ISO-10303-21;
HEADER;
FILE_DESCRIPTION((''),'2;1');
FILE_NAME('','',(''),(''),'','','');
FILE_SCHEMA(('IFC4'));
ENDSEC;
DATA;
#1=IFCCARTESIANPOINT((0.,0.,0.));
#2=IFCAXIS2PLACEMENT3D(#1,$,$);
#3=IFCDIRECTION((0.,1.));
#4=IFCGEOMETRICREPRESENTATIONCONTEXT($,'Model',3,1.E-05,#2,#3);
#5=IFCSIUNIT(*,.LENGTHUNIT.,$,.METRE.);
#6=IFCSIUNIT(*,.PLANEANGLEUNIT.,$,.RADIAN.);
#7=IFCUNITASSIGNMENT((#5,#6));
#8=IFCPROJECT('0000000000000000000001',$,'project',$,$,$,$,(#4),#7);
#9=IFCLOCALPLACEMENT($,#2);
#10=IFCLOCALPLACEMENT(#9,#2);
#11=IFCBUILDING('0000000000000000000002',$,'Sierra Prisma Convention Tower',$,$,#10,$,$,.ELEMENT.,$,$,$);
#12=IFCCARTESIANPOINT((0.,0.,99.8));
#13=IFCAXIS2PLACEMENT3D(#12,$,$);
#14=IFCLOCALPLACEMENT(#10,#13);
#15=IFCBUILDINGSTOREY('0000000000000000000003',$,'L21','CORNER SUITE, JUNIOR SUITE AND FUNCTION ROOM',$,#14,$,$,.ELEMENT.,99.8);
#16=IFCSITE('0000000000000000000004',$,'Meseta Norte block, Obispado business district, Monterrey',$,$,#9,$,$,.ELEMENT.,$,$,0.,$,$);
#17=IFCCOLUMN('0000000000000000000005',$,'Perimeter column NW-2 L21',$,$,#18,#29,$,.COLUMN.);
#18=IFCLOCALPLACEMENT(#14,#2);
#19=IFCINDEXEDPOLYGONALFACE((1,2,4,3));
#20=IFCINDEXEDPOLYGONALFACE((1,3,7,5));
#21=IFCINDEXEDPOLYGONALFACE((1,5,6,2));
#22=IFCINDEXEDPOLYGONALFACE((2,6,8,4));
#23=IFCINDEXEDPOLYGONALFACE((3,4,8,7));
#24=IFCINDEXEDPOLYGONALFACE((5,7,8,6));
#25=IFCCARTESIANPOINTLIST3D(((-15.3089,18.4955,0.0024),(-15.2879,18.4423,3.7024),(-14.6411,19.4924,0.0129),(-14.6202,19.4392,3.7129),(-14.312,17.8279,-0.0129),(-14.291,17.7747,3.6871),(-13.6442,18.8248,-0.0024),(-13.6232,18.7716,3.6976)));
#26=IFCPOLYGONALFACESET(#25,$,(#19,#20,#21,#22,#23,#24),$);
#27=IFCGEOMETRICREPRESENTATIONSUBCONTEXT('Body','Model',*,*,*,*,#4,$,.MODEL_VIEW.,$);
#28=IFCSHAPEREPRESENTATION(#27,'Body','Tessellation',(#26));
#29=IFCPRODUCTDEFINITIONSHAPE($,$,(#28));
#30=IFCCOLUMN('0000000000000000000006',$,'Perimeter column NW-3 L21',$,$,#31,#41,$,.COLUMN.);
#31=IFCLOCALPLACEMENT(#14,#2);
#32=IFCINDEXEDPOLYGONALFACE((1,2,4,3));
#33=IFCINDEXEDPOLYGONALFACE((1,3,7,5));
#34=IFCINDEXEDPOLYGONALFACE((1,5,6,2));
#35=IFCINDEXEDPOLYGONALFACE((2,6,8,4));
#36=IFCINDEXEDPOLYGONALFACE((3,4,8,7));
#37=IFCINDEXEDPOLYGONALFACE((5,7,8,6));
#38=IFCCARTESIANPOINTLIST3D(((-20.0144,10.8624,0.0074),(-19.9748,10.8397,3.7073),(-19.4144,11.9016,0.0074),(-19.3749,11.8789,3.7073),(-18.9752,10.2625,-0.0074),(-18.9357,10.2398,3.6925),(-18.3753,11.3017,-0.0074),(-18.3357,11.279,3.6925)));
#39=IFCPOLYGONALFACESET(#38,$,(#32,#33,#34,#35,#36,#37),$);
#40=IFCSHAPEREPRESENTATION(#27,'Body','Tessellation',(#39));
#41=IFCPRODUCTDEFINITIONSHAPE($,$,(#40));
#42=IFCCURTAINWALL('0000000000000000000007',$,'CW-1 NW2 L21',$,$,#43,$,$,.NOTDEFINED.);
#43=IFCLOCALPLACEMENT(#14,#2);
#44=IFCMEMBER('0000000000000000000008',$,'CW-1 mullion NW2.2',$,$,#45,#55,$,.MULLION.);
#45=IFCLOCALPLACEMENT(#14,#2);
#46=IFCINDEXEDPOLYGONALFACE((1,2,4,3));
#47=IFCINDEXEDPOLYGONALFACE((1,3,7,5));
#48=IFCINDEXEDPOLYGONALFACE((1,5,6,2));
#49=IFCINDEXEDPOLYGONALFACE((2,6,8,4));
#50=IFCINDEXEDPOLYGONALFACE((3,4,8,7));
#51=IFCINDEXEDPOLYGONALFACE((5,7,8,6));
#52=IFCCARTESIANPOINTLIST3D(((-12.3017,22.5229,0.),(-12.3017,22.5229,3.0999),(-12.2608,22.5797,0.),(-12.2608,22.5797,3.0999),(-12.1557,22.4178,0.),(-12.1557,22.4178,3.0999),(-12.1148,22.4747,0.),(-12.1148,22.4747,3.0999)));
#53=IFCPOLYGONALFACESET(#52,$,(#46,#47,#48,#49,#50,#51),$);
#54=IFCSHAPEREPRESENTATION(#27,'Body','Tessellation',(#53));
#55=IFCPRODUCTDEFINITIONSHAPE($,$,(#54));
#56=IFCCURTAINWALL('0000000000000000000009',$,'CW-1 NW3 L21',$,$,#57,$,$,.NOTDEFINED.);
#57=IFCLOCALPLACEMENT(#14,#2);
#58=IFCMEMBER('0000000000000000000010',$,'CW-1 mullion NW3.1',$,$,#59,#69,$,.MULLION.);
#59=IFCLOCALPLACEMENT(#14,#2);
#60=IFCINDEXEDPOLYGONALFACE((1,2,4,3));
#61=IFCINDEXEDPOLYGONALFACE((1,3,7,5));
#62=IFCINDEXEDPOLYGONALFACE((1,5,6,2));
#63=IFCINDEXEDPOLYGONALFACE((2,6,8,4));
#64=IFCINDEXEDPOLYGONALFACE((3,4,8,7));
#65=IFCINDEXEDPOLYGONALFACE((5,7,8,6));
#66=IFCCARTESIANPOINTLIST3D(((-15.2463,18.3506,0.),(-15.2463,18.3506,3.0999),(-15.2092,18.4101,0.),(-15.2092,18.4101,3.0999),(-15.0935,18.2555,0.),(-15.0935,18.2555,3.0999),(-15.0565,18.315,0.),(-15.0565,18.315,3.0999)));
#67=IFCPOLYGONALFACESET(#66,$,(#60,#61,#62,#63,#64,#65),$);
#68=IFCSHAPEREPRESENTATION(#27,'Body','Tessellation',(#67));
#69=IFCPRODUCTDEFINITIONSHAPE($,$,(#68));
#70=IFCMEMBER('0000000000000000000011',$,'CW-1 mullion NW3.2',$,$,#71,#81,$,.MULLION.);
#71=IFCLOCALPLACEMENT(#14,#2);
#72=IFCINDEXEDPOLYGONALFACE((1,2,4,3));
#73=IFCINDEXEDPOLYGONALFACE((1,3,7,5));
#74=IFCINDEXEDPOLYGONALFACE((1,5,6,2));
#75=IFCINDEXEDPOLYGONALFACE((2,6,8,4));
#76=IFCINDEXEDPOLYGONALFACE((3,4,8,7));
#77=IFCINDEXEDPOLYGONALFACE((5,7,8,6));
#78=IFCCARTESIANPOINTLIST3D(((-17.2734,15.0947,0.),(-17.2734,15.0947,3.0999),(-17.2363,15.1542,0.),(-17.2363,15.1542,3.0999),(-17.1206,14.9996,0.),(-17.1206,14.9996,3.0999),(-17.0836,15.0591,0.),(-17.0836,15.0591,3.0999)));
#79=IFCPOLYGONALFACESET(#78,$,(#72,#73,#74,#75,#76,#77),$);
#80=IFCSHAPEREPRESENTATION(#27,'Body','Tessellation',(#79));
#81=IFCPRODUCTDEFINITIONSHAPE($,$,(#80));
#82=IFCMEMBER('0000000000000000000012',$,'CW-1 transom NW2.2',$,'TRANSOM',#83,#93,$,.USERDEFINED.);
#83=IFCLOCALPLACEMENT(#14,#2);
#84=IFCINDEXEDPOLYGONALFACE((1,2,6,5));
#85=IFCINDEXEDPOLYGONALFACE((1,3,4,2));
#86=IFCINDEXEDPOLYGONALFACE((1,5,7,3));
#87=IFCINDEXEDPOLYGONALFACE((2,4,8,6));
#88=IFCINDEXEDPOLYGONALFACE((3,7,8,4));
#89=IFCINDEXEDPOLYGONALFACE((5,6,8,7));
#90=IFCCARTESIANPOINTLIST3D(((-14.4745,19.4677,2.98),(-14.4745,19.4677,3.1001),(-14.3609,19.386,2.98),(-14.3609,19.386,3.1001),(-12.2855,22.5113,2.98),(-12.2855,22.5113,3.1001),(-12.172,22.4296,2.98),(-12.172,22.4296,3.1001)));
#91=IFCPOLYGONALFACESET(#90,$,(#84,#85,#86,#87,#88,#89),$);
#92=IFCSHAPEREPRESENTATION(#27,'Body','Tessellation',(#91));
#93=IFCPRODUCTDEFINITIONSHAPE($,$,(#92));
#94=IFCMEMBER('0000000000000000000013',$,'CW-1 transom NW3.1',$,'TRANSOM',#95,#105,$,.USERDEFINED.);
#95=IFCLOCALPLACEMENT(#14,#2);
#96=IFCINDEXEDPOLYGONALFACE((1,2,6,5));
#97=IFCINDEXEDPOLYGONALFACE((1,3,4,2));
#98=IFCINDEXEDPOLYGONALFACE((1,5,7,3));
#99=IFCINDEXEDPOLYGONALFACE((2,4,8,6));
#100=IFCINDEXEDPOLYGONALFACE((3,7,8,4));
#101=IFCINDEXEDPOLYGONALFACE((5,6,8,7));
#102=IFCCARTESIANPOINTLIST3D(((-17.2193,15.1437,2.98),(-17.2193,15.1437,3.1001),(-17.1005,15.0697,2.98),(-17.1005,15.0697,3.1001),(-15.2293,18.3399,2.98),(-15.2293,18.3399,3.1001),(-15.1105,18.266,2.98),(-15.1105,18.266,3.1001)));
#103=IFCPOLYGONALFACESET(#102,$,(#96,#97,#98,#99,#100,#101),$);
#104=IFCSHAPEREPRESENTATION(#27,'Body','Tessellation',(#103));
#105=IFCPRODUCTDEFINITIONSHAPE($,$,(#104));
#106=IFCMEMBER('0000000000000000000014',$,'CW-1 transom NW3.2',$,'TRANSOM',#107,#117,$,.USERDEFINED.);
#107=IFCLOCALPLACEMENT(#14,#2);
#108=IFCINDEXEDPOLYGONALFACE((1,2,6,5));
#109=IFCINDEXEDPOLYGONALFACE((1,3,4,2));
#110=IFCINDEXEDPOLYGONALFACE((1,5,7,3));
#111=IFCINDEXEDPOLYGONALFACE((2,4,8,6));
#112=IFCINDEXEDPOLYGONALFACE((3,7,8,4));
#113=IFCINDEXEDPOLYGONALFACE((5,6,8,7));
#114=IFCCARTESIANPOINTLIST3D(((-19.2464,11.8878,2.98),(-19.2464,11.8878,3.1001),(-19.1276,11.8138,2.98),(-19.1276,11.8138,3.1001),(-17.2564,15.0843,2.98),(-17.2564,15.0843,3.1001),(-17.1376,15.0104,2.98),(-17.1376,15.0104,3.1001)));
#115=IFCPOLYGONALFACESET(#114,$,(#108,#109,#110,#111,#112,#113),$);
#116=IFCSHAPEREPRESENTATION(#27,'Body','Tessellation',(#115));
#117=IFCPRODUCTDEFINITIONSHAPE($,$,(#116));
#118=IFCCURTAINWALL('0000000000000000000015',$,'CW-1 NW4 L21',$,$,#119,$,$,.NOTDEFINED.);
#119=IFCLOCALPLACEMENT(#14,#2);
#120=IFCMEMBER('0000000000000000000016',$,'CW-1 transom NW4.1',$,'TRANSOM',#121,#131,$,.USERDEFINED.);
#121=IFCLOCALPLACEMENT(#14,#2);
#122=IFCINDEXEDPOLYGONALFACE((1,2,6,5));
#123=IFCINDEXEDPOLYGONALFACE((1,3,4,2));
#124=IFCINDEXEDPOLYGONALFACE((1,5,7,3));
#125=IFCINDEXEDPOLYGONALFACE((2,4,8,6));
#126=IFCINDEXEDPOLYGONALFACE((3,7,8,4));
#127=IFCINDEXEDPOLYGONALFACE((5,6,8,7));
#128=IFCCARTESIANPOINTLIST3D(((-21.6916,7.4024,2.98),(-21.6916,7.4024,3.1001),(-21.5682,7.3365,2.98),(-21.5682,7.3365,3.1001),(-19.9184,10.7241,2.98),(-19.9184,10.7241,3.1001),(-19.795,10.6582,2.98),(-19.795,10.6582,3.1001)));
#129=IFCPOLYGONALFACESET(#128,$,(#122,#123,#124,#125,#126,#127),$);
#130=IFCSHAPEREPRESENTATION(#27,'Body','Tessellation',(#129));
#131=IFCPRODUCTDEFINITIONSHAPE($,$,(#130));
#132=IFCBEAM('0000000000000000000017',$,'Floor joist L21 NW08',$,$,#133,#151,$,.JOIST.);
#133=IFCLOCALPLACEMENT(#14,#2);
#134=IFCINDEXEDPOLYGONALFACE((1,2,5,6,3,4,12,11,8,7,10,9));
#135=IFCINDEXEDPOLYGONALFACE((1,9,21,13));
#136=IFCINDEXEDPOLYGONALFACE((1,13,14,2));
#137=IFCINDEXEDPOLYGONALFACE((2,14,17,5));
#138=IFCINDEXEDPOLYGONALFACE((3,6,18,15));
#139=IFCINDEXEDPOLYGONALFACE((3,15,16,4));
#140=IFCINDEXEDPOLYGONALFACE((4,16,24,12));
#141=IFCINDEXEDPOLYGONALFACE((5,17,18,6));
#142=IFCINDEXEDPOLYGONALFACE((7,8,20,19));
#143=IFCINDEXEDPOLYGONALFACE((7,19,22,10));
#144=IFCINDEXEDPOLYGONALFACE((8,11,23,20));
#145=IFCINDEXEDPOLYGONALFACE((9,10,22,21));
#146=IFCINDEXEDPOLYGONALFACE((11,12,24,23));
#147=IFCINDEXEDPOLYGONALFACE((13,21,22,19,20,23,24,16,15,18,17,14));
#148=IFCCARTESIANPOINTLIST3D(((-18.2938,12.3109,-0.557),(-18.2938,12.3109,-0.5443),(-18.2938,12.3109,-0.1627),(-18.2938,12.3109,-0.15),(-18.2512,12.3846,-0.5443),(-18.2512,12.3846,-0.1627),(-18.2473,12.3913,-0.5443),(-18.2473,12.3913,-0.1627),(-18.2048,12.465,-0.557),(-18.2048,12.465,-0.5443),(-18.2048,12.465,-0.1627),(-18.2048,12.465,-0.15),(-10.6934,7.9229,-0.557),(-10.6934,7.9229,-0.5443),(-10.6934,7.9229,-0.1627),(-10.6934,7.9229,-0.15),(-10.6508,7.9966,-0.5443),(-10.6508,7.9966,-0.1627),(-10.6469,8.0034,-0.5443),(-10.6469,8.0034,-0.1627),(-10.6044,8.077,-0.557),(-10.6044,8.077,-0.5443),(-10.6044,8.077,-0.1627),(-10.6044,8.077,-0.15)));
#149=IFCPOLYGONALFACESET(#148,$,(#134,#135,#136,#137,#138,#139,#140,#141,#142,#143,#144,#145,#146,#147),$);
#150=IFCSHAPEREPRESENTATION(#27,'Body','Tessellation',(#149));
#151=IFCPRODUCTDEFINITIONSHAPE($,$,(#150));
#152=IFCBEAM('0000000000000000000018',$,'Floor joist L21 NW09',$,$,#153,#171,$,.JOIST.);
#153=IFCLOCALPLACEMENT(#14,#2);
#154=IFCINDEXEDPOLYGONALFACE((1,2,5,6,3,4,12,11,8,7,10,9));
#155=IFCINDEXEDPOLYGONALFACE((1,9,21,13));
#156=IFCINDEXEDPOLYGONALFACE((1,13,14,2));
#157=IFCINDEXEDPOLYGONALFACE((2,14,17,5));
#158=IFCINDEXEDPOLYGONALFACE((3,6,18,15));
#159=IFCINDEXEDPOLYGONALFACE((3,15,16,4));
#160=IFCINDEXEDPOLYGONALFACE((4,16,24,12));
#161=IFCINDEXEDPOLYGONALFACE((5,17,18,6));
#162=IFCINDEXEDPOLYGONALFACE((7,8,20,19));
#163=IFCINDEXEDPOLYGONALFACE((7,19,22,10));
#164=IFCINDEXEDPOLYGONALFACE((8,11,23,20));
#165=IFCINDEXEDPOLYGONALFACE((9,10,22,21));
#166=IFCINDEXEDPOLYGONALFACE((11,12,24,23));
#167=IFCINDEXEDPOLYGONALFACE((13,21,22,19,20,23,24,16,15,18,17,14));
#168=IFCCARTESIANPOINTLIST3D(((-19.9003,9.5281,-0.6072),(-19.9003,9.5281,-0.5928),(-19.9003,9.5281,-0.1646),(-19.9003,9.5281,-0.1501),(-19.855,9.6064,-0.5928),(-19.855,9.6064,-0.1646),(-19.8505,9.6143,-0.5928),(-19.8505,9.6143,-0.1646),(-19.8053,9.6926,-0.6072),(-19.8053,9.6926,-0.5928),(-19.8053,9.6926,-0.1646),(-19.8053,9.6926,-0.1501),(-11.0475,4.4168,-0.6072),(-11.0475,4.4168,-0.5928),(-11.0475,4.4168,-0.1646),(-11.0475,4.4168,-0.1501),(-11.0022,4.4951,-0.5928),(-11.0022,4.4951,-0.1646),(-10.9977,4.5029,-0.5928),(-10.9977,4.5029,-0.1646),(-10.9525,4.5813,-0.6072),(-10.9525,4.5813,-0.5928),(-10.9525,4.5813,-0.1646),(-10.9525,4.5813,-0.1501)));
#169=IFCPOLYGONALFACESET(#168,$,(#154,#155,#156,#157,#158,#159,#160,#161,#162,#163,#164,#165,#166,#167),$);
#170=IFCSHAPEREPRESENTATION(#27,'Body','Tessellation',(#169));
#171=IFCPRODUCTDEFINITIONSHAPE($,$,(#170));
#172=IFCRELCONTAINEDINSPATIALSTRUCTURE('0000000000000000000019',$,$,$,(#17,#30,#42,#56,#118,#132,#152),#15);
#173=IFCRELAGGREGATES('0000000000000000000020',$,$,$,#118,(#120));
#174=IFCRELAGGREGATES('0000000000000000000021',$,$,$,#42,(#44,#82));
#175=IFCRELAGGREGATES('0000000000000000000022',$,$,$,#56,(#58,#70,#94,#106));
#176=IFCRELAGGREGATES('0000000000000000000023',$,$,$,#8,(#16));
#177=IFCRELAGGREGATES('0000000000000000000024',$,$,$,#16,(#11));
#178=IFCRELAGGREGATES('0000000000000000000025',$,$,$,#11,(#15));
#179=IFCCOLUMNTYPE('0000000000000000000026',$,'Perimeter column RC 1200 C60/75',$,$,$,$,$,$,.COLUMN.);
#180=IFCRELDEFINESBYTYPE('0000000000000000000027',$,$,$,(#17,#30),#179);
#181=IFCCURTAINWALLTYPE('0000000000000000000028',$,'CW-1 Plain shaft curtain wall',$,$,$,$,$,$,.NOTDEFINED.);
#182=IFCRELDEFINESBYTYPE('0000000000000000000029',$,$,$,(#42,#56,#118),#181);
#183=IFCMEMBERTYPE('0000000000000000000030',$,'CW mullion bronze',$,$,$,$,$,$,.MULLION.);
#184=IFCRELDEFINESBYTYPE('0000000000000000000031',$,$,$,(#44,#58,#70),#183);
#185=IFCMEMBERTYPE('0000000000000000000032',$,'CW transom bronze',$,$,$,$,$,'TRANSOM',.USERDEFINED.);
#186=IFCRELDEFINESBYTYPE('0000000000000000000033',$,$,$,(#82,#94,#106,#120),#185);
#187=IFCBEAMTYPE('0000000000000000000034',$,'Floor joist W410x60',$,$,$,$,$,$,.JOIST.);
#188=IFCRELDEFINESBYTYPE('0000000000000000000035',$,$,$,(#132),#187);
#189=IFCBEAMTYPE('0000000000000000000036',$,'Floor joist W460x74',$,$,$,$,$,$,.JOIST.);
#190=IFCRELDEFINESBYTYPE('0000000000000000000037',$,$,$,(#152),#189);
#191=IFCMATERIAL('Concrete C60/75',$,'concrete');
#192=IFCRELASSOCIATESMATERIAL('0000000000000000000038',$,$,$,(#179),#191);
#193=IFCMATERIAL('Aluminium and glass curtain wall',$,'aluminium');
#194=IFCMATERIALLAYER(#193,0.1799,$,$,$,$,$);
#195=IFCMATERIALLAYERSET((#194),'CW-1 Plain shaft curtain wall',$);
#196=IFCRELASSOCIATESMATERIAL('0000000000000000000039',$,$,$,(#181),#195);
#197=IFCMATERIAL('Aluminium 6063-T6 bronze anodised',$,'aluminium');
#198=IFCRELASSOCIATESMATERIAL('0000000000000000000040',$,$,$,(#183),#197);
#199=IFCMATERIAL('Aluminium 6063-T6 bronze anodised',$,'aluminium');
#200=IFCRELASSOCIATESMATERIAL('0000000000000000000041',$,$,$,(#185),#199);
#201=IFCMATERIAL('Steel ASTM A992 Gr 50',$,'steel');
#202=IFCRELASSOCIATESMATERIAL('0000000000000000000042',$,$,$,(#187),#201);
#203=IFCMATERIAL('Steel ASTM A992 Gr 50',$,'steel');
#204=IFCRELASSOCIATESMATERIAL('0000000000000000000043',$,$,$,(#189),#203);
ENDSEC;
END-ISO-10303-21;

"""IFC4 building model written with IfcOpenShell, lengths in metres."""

from ifc_helpers import new_model, si_unit, direction, frame, origin, origin_2d, place, context, subcontext, project, spatial, rectangle, i_section, extrude, material, layer, layer_set, material_profile, profile_set, type_object, element, aggregate, save


model = new_model("IFC4")

# Units and contexts
model_context = context("Model", 3, precision=1e-05, world=origin(), true_north=direction((0.0, 1.0)))
body_context = subcontext(model_context, "Body", "Model", "MODEL_VIEW")
ifc_project = project(units=[si_unit("LENGTHUNIT", "METRE"), si_unit("PLANEANGLEUNIT", "RADIAN")], contexts=[model_context])

# Site, building, storey
site_placement = place(None, origin())
site = spatial("IfcSite", under=ifc_project, at=site_placement, Name="Meseta Norte block, Obispado business district, Monterrey", CompositionType="ELEMENT", RefElevation=0.0)
building_placement = place(site_placement, origin())
building = spatial("IfcBuilding", under=site, at=building_placement, Name="Sierra Prisma Convention Tower", CompositionType="ELEMENT")
storey_placement = place(building_placement, frame((0.0, 0.0, 99.8)))
storey = spatial("IfcBuildingStorey", under=building, at=storey_placement, Name="L21", Description="CORNER SUITE, JUNIOR SUITE AND FUNCTION ROOM", CompositionType="ELEMENT", Elevation=99.8)

# Columns
ifc_material_1 = material(Name="Concrete C60/75", Category="concrete")
ifc_material_profile_1 = material_profile(ifc_material_1, rectangle(XDim=1.2, YDim=1.2, at=origin_2d()), Name="Perimeter column RC 1200 C60/75")
ifc_profile_set_1 = profile_set([ifc_material_profile_1], Name="Concrete C60/75")
column_type = type_object("IfcColumnType", Name="Perimeter column RC 1200 C60/75", PredefinedType="COLUMN", material=ifc_profile_set_1)
column_1_placement = place(storey_placement, frame((-14.4766, 18.6602, 0.0), z_axis=(0.005674, -0.014383, 0.99988), x_axis=(0.556504, 0.830798, 0.008793)))
element("IfcColumn", 1, at=column_1_placement, inside=storey, type_object=column_type, Name="Perimeter column NW-2 L21", PredefinedType="COLUMN", context=body_context, shape_type="SweptSolid", body=[
    extrude(rectangle(XDim=1.2, YDim=1.2, at=origin_2d()), origin(), (0.0, 0.0, 1.0), 3.7004),
])
column_2_placement = place(storey_placement, frame((-19.1948, 11.082, 0.0), z_axis=(0.010689, -0.006136, 0.999924), x_axis=(0.499971, 0.866042, -0.00003)))
element("IfcColumn", 2, at=column_2_placement, inside=storey, type_object=column_type, Name="Perimeter column NW-3 L21", PredefinedType="COLUMN", context=body_context, shape_type="SweptSolid", body=[
    extrude(rectangle(XDim=1.2, YDim=1.2, at=origin_2d()), origin(), (0.0, 0.0, 1.0), 3.7002),
])

# Curtain wall, member
ifc_material_2 = material(Name="Aluminium and glass curtain wall", Category="aluminium")
ifc_layer_1 = layer(ifc_material_2, 0.1799)
ifc_layer_set_1 = layer_set([ifc_layer_1], Name="CW-1 Plain shaft curtain wall")
curtain_wall_type = type_object("IfcCurtainWallType", Name="CW-1 Plain shaft curtain wall", PredefinedType="NOTDEFINED", material=ifc_layer_set_1)
curtain_wall_1_placement = place(storey_placement, origin())
curtain_wall_1 = element("IfcCurtainWall", 3, at=curtain_wall_1_placement, inside=storey, type_object=curtain_wall_type, Name="CW-1 NW2 L21", PredefinedType="NOTDEFINED")
ifc_material_3 = material(Name="Aluminium 6063-T6 bronze anodised", Category="aluminium")
ifc_material_profile_2 = material_profile(ifc_material_3, rectangle(XDim=0.1799, YDim=0.0701, at=origin_2d()), Name="ALU MULLION 70x180")
ifc_profile_set_2 = profile_set([ifc_material_profile_2], Name="Aluminium 6063-T6 bronze anodised")
member_type_1 = type_object("IfcMemberType", Name="CW mullion bronze", PredefinedType="MULLION", material=ifc_profile_set_2)
member_1_placement = place(storey_placement, frame((-12.2083, 22.4988, 0.0), z_axis=(0.0, 0.0, 1.0), x_axis=(0.811854, -0.58386, 0.0)))
member_1 = element("IfcMember", 4, at=member_1_placement, type_object=member_type_1, Name="CW-1 mullion NW2.2", PredefinedType="MULLION", context=body_context, shape_type="SweptSolid", body=[
    extrude(rectangle(XDim=0.1799, YDim=0.0701, at=origin_2d()), origin(), (0.0, 0.0, 1.0), 3.0999),
])

# Curtain wall, members
curtain_wall_2_placement = place(storey_placement, origin())
curtain_wall_2 = element("IfcCurtainWall", 5, at=curtain_wall_2_placement, inside=storey, type_object=curtain_wall_type, Name="CW-1 NW3 L21", PredefinedType="NOTDEFINED")
member_2_placement = place(storey_placement, frame((-15.1514, 18.3328, 0.0), z_axis=(0.0, 0.0, 1.0), x_axis=(0.848902, -0.52855, 0.0)))
member_2 = element("IfcMember", 6, at=member_2_placement, type_object=member_type_1, Name="CW-1 mullion NW3.1", PredefinedType="MULLION", context=body_context, shape_type="SweptSolid", body=[
    extrude(rectangle(XDim=0.1799, YDim=0.0701, at=origin_2d()), origin(), (0.0, 0.0, 1.0), 3.0999),
])
member_3_placement = place(storey_placement, frame((-17.1785, 15.0769, 0.0), z_axis=(0.0, 0.0, 1.0), x_axis=(0.848902, -0.52855, 0.0)))
member_3 = element("IfcMember", 7, at=member_3_placement, type_object=member_type_1, Name="CW-1 mullion NW3.2", PredefinedType="MULLION", context=body_context, shape_type="SweptSolid", body=[
    extrude(rectangle(XDim=0.1799, YDim=0.0701, at=origin_2d()), origin(), (0.0, 0.0, 1.0), 3.0999),
])

# Members
ifc_material_4 = material(Name="Aluminium 6063-T6 bronze anodised", Category="aluminium")
ifc_material_profile_3 = material_profile(ifc_material_4, rectangle(XDim=0.1399, YDim=0.1201, at=origin_2d()), Name="ALU TRANSOM 120x140")
ifc_profile_set_3 = profile_set([ifc_material_profile_3], Name="Aluminium 6063-T6 bronze anodised")
member_type_2 = type_object("IfcMemberType", Name="CW transom bronze", ElementType="TRANSOM", PredefinedType="USERDEFINED", material=ifc_profile_set_3)
member_4_placement = place(storey_placement, frame((-12.2288, 22.4705, 3.04), z_axis=(-0.583865, -0.81185, 0.0), x_axis=(0.81185, -0.583865, 0.0)))
member_4 = element("IfcMember", 8, at=member_4_placement, type_object=member_type_2, Name="CW-1 transom NW2.2", ObjectType="TRANSOM", PredefinedType="USERDEFINED", context=body_context, shape_type="SweptSolid", body=[
    extrude(rectangle(XDim=0.1399, YDim=0.1201, at=origin_2d()), origin(), (0.0, 0.0, 1.0), 3.749),
])
member_5_placement = place(storey_placement, frame((-15.1699, 18.303, 3.04), z_axis=(-0.528529, -0.848915, 0.0), x_axis=(0.848915, -0.528529, 0.0)))
member_5 = element("IfcMember", 9, at=member_5_placement, type_object=member_type_2, Name="CW-1 transom NW3.1", ObjectType="TRANSOM", PredefinedType="USERDEFINED", context=body_context, shape_type="SweptSolid", body=[
    extrude(rectangle(XDim=0.1399, YDim=0.1201, at=origin_2d()), origin(), (0.0, 0.0, 1.0), 3.7651),
])
member_6_placement = place(storey_placement, frame((-17.197, 15.0474, 3.04), z_axis=(-0.5285, -0.848933, 0.0), x_axis=(0.848933, -0.5285, 0.0)))
member_6 = element("IfcMember", 10, at=member_6_placement, type_object=member_type_2, Name="CW-1 transom NW3.2", ObjectType="TRANSOM", PredefinedType="USERDEFINED", context=body_context, shape_type="SweptSolid", body=[
    extrude(rectangle(XDim=0.1399, YDim=0.1201, at=origin_2d()), origin(), (0.0, 0.0, 1.0), 3.7654),
])

# Curtain wall, member
curtain_wall_3_placement = place(storey_placement, origin())
curtain_wall_3 = element("IfcCurtainWall", 11, at=curtain_wall_3_placement, inside=storey, type_object=curtain_wall_type, Name="CW-1 NW4 L21", PredefinedType="NOTDEFINED")
member_7_placement = place(storey_placement, frame((-19.8567, 10.6912, 3.04), z_axis=(-0.470915, -0.882179, 0.0), x_axis=(0.882179, -0.470915, 0.0)))
member_7 = element("IfcMember", 12, at=member_7_placement, type_object=member_type_2, Name="CW-1 transom NW4.1", ObjectType="TRANSOM", PredefinedType="USERDEFINED", context=body_context, shape_type="SweptSolid", body=[
    extrude(rectangle(XDim=0.1399, YDim=0.1201, at=origin_2d()), origin(), (0.0, 0.0, 1.0), 3.7654),
])
aggregate(curtain_wall_3, [member_7])

# Beams
ifc_material_5 = material(Name="Steel ASTM A992 Gr 50", Category="steel")
ifc_material_profile_4 = material_profile(ifc_material_5, i_section(OverallWidth=0.178, OverallDepth=0.407, WebThickness=0.0078, FlangeThickness=0.0127, at=origin_2d()), Name="W410x60")
ifc_profile_set_4 = profile_set([ifc_material_profile_4], Name="Steel ASTM A992 Gr 50")
beam_type_1 = type_object("IfcBeamType", Name="Floor joist W410x60", PredefinedType="JOIST", material=ifc_profile_set_4)
beam_1_placement = place(storey_placement, frame((-18.2493, 12.3879, -0.3535), z_axis=(0.866031, -0.49999, 0.0), x_axis=(0.49999, 0.866031, 0.0)))
element("IfcBeam", 13, at=beam_1_placement, inside=storey, type_object=beam_type_1, Name="Floor joist L21 NW08", PredefinedType="JOIST", context=body_context, shape_type="SweptSolid", body=[
    extrude(i_section(OverallWidth=0.178, OverallDepth=0.407, WebThickness=0.0078, FlangeThickness=0.0127, at=origin_2d()), origin(), (0.0, 0.0, 1.0), 8.7761),
])
ifc_material_6 = material(Name="Steel ASTM A992 Gr 50", Category="steel")
ifc_material_profile_5 = material_profile(ifc_material_6, i_section(OverallWidth=0.1899, OverallDepth=0.457, WebThickness=0.009, FlangeThickness=0.0144, at=origin_2d()), Name="W460x74")
ifc_profile_set_5 = profile_set([ifc_material_profile_5], Name="Steel ASTM A992 Gr 50")
beam_type_2 = type_object("IfcBeamType", Name="Floor joist W460x74", PredefinedType="JOIST", material=ifc_profile_set_5)
beam_2_placement = place(storey_placement, frame((-19.8528, 9.6104, -0.3787), z_axis=(0.866018, -0.500013, 0.0), x_axis=(0.500013, 0.866018, 0.0)))
element("IfcBeam", 14, at=beam_2_placement, inside=storey, type_object=beam_type_2, Name="Floor joist L21 NW09", PredefinedType="JOIST", context=body_context, shape_type="SweptSolid", body=[
    extrude(i_section(OverallWidth=0.1899, OverallDepth=0.457, WebThickness=0.009, FlangeThickness=0.0144, at=origin_2d()), origin(), (0.0, 0.0, 1.0), 10.2224),
])

aggregate(curtain_wall_1, [member_1, member_4])
aggregate(curtain_wall_2, [member_2, member_3, member_5, member_6])

save(model, "model.ifc")
